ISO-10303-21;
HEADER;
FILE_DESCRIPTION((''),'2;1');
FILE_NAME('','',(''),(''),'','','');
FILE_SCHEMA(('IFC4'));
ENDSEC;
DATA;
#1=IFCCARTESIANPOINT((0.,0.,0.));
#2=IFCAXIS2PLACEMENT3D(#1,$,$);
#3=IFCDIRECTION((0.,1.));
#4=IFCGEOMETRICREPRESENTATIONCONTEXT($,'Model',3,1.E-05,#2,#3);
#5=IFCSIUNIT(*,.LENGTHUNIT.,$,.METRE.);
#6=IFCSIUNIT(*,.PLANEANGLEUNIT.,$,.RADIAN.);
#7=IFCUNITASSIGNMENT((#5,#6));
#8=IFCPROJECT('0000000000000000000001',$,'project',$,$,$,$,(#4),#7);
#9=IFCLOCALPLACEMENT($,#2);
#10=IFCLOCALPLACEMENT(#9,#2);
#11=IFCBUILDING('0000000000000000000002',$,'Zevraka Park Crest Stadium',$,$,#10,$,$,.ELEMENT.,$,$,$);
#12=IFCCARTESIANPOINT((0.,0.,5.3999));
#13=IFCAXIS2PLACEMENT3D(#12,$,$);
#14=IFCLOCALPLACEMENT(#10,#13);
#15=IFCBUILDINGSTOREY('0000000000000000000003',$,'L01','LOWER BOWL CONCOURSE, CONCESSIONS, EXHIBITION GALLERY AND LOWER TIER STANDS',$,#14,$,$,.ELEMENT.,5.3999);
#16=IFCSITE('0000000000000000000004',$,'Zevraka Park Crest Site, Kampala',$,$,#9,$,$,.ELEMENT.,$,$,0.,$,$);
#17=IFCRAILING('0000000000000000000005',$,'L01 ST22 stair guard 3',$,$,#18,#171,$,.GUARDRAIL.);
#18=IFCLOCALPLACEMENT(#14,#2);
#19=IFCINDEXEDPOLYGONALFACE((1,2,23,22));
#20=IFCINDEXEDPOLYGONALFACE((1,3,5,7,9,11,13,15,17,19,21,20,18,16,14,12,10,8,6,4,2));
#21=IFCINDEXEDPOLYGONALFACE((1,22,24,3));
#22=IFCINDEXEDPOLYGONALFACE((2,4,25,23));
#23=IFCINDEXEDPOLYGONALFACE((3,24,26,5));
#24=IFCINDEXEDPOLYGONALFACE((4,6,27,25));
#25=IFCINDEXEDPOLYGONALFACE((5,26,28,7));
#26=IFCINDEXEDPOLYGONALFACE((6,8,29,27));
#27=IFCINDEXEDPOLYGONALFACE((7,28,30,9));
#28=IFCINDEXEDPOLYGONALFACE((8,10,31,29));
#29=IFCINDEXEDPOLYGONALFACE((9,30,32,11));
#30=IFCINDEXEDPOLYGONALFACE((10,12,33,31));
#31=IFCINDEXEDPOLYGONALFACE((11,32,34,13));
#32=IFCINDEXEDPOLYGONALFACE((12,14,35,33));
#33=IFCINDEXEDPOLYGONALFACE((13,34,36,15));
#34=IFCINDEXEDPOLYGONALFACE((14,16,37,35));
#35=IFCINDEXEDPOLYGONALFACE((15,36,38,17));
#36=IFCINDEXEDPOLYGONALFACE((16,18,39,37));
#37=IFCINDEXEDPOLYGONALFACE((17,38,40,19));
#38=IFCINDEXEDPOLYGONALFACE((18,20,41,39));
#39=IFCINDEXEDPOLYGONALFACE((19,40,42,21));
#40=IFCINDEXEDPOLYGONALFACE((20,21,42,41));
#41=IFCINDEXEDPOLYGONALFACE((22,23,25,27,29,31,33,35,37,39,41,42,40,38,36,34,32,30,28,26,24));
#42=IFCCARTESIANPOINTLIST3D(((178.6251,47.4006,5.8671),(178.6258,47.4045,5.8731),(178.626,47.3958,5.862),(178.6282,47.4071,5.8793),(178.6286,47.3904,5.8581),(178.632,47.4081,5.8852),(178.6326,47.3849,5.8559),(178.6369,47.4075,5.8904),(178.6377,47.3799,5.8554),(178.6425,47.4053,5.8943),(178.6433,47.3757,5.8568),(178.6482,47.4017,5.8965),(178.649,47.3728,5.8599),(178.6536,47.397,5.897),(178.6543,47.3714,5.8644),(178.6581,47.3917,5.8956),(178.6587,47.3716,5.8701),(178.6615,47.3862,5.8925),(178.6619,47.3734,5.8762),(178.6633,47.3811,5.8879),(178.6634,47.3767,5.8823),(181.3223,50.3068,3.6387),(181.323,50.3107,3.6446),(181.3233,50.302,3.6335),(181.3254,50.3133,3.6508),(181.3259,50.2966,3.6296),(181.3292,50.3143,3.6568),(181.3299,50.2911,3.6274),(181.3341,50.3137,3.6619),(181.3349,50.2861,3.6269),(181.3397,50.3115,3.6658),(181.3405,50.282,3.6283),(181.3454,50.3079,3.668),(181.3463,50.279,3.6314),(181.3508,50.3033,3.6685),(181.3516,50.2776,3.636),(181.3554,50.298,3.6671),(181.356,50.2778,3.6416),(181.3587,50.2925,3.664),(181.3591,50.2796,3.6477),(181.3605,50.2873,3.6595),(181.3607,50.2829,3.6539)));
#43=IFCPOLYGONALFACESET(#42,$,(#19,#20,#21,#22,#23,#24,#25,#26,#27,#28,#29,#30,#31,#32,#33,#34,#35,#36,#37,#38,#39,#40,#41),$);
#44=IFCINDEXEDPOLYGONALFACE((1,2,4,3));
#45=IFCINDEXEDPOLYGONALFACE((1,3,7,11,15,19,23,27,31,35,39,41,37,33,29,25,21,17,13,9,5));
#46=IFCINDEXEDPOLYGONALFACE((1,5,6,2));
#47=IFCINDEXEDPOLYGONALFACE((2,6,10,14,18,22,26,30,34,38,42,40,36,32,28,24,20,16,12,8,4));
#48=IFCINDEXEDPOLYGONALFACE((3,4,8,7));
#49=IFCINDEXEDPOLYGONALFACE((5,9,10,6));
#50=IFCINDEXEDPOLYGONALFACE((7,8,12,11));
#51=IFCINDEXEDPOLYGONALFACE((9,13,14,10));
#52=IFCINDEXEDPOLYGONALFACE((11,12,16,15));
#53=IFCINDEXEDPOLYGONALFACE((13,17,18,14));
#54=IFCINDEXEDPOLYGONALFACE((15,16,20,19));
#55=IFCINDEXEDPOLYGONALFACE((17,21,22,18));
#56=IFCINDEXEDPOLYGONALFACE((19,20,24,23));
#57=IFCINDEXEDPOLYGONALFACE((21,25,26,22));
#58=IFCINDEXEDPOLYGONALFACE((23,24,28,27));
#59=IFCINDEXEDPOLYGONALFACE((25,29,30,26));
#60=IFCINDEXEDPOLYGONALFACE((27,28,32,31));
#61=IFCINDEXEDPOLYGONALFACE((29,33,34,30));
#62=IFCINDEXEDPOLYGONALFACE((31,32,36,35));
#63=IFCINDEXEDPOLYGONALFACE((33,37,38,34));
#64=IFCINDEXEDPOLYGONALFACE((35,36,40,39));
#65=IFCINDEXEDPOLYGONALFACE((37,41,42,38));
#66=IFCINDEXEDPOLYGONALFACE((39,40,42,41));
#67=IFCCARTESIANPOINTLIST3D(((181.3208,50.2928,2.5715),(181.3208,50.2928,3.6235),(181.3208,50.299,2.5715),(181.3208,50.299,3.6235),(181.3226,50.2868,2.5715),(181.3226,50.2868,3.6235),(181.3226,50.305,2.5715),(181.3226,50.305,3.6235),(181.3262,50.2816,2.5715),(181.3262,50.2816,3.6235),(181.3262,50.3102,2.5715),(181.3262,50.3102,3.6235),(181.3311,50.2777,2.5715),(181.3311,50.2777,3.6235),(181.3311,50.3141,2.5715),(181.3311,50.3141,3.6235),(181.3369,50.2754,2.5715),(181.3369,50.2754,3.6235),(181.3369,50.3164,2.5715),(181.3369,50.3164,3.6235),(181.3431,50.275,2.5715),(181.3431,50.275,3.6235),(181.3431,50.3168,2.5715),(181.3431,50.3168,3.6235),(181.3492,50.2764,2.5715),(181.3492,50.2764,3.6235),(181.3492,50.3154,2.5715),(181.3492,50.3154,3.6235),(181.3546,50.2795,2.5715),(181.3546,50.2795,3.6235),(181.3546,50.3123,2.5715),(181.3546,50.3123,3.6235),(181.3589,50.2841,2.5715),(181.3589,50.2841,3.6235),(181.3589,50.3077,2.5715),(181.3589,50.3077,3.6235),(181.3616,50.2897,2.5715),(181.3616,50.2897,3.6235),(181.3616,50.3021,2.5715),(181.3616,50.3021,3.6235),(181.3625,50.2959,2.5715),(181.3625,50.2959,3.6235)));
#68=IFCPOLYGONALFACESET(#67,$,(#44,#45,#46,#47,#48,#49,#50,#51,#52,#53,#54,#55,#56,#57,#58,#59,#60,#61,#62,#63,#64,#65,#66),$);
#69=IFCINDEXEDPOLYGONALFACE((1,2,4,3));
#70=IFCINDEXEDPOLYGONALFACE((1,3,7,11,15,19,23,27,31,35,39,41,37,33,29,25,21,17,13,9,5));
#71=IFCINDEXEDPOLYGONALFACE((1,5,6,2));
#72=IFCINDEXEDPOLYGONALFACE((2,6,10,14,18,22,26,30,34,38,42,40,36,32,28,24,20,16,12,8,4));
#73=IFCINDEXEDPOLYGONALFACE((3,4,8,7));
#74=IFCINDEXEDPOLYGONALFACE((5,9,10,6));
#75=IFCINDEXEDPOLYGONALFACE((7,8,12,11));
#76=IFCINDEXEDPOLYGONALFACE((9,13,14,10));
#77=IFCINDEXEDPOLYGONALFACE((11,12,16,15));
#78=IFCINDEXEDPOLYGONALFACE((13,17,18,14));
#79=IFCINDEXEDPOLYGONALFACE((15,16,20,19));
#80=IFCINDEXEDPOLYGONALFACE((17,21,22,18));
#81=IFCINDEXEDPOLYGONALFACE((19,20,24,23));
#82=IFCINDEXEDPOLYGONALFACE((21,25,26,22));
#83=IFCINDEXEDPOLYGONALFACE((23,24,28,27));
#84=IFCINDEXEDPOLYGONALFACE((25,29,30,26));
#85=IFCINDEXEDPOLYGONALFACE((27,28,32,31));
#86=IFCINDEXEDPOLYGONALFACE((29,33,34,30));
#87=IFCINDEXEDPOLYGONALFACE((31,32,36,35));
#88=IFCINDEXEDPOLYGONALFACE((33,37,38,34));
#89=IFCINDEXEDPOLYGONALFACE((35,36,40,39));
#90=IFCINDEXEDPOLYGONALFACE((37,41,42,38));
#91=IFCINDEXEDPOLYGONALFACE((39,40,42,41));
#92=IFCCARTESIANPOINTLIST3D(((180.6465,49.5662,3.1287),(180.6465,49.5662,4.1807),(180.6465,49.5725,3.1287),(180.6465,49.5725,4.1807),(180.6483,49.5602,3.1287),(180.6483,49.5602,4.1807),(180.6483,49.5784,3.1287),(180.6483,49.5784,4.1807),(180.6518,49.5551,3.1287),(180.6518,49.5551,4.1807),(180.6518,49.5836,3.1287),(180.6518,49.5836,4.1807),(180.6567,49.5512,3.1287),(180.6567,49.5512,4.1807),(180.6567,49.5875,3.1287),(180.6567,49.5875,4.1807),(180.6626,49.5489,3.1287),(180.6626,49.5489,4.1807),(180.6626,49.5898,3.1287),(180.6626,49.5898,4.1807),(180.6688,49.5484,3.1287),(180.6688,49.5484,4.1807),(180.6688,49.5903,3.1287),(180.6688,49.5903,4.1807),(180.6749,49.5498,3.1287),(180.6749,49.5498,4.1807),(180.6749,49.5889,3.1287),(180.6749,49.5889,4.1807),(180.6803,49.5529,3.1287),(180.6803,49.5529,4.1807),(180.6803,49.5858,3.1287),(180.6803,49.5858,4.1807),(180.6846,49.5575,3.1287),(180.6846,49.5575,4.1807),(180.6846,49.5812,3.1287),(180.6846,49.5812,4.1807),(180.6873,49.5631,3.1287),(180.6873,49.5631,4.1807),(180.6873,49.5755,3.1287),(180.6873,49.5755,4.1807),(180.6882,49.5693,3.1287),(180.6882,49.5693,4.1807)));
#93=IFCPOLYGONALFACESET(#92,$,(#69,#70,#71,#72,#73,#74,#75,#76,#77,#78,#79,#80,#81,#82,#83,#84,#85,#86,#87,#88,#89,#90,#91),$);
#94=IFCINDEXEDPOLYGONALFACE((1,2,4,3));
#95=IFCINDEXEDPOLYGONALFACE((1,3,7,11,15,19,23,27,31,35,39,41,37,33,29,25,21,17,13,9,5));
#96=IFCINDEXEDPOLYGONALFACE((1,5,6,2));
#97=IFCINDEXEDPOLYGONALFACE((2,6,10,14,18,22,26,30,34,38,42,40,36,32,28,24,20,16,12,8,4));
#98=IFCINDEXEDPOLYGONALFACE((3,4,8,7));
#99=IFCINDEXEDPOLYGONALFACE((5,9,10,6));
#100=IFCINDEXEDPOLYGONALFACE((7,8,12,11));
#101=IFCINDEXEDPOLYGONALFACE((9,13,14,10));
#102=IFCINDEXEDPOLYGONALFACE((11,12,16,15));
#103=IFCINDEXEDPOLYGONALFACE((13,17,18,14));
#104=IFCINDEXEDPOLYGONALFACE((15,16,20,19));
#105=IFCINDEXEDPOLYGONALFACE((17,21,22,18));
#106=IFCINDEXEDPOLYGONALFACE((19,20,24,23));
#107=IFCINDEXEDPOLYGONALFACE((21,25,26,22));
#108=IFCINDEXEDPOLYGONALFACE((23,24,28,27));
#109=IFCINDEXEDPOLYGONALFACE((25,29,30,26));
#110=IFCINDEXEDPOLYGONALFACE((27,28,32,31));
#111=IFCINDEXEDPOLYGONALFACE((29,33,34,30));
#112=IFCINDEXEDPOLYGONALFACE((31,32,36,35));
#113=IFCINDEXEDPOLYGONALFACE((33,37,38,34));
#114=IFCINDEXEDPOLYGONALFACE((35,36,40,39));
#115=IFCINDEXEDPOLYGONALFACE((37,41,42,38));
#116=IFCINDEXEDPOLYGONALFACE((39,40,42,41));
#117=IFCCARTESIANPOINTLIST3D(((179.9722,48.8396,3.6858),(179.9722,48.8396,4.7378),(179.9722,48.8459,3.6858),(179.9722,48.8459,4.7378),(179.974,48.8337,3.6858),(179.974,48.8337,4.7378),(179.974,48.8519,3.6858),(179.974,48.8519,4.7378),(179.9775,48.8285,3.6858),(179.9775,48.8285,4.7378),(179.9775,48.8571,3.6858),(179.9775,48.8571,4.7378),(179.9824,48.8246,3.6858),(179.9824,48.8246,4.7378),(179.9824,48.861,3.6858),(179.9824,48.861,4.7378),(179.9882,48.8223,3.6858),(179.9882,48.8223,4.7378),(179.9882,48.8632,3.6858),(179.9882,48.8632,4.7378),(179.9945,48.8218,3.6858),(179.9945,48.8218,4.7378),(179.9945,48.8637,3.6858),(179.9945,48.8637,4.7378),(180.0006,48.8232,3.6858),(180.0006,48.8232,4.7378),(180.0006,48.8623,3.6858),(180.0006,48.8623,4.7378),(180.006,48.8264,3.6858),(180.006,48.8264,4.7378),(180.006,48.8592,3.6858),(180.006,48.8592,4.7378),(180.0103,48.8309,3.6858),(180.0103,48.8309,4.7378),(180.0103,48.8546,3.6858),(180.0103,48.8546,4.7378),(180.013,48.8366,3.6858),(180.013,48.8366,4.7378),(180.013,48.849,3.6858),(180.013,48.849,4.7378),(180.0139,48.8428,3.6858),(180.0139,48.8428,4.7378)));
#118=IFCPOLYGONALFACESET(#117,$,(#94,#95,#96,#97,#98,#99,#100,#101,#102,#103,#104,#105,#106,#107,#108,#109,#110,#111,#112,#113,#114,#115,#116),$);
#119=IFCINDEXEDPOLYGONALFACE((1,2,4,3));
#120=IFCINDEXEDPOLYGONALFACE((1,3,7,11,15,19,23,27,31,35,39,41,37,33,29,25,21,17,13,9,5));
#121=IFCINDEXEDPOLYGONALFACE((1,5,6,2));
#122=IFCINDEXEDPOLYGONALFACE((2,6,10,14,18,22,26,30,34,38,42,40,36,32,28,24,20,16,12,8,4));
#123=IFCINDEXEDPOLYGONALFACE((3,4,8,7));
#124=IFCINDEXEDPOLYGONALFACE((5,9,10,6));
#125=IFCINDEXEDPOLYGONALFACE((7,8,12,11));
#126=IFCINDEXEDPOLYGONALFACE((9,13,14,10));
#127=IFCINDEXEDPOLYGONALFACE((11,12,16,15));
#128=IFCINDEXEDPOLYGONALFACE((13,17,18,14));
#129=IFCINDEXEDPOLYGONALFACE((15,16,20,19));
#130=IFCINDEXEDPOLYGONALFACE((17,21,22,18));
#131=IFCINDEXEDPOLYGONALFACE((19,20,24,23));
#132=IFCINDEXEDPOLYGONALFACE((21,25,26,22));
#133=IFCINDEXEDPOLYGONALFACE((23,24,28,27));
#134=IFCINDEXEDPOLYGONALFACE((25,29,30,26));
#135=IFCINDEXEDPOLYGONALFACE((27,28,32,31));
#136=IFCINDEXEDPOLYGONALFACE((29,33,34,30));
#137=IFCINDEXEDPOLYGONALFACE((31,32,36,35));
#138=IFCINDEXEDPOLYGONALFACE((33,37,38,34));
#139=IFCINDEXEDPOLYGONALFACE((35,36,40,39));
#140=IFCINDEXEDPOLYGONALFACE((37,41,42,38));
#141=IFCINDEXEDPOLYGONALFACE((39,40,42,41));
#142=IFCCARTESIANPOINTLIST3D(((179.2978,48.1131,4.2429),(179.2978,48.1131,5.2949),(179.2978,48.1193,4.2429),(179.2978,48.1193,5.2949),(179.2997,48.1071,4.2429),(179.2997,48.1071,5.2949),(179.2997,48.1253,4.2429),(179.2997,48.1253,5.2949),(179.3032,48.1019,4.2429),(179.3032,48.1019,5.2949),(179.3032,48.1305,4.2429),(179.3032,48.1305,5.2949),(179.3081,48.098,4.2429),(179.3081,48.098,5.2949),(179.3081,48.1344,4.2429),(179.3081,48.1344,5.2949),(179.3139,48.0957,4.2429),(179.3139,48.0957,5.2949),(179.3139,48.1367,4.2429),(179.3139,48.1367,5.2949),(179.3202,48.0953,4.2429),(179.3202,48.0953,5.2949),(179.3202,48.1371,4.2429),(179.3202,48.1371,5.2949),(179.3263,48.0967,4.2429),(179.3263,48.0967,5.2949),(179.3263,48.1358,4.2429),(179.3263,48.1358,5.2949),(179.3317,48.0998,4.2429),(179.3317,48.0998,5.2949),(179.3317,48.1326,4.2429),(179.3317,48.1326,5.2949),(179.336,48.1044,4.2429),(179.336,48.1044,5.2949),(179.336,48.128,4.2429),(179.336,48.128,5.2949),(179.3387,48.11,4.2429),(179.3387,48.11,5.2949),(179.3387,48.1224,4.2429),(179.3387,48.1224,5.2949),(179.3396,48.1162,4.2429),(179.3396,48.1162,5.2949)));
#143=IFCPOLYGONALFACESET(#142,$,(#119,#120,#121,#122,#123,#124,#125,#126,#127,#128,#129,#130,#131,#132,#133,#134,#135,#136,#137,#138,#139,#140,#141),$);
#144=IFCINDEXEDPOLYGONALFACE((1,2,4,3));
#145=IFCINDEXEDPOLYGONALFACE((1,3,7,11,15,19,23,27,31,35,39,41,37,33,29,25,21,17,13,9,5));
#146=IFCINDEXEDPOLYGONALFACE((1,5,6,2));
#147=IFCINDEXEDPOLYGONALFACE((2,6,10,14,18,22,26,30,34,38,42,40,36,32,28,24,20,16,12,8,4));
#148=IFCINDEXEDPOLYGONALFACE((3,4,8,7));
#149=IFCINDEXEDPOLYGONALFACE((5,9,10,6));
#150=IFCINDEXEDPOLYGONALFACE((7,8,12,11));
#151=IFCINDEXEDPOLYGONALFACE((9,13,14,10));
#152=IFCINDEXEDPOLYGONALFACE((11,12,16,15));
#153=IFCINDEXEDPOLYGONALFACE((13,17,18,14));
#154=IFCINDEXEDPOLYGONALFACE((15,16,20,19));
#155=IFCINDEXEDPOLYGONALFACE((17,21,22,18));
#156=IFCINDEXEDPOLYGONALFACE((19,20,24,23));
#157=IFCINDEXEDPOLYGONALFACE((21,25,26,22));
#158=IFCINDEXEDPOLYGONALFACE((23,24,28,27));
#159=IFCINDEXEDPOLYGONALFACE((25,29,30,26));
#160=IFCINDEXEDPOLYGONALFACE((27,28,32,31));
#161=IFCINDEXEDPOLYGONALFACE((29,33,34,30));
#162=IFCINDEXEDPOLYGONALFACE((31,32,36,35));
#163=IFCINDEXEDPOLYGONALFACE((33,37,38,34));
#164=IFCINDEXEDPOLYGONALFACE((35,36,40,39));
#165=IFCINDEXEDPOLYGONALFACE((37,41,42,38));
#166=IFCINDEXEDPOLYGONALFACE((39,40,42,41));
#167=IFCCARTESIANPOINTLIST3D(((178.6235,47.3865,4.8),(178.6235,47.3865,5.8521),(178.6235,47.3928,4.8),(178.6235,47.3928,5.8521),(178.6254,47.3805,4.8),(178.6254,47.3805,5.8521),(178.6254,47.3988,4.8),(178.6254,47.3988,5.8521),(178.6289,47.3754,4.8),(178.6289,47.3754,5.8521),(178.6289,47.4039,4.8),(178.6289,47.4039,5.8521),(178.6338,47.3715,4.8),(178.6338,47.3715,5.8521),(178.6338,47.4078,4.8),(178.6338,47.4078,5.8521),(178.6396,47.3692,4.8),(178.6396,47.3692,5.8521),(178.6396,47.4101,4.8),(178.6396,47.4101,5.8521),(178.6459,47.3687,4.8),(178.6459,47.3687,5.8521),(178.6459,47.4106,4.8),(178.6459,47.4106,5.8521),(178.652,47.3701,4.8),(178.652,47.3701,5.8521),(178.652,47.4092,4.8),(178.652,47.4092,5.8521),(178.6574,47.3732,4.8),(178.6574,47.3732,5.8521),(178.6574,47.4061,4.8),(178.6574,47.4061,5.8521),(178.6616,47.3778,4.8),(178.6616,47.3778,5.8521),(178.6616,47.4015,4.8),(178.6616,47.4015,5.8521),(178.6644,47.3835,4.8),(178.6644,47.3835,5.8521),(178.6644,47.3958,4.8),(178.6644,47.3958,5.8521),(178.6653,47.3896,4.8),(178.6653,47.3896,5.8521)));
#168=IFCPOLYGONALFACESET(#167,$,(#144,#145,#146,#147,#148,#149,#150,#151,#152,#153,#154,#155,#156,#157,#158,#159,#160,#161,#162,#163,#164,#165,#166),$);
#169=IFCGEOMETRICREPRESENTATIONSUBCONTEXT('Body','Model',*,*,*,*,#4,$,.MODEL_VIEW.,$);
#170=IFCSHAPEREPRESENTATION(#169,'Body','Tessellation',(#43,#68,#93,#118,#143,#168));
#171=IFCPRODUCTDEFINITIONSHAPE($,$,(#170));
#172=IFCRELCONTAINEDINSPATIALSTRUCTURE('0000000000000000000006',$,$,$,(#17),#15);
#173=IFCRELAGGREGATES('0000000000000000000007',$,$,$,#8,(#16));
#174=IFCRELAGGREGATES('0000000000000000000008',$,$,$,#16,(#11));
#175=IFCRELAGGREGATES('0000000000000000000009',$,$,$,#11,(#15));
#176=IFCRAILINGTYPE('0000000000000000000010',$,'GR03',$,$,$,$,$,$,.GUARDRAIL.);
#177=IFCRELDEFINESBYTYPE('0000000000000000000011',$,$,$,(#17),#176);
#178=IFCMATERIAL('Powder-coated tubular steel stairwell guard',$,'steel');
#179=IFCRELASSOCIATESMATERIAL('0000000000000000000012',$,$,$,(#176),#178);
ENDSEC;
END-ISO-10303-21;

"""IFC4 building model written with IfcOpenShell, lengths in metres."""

from ifc_helpers import new_model, si_unit, direction, frame, origin, origin_2d, place, context, subcontext, project, spatial, circle, extrude, material, type_object, element, save


model = new_model("IFC4")

# Units and contexts
model_context = context("Model", 3, precision=1e-05, world=origin(), true_north=direction((0.0, 1.0)))
body_context = subcontext(model_context, "Body", "Model", "MODEL_VIEW")
ifc_project = project(units=[si_unit("LENGTHUNIT", "METRE"), si_unit("PLANEANGLEUNIT", "RADIAN")], contexts=[model_context])

# Site, building, storey
site_placement = place(None, origin())
site = spatial("IfcSite", under=ifc_project, at=site_placement, Name="Zevraka Park Crest Site, Kampala", CompositionType="ELEMENT", RefElevation=0.0)
building_placement = place(site_placement, origin())
building = spatial("IfcBuilding", under=site, at=building_placement, Name="Zevraka Park Crest Stadium", CompositionType="ELEMENT")
storey_placement = place(building_placement, frame((0.0, 0.0, 5.3999)))
storey = spatial("IfcBuildingStorey", under=building, at=storey_placement, Name="L01", Description="LOWER BOWL CONCOURSE, CONCESSIONS, EXHIBITION GALLERY AND LOWER TIER STANDS", CompositionType="ELEMENT", Elevation=5.3999)

# Railing
ifc_material_1 = material(Name="Powder-coated tubular steel stairwell guard", Category="steel")
railing_type_1 = type_object("IfcRailingType", Name="GR03", PredefinedType="GUARDRAIL", material=ifc_material_1)
railing_1_placement = place(storey_placement, frame((181.3416, 50.2959, 2.5715)))
element("IfcRailing", 1, at=railing_1_placement, inside=storey, type_object=railing_type_1, Name="L01 ST22 stair guard 3", PredefinedType="GUARDRAIL", context=body_context, shape_type="SweptSolid", body=[
    extrude(circle(Radius=0.0239, at=origin_2d()), frame((0.0, 0.0, 1.0762), z_axis=(-0.593016, -0.638963, 0.489957), x_axis=(0.732969, -0.680262, 0.0)), (0.0, 0.0, 1.0), 4.5483),
    extrude(circle(Radius=0.021, at=origin_2d()), origin(), (0.0, 0.0, 1.0), 1.052),
    extrude(circle(Radius=0.021, at=origin_2d()), frame((-0.6743, -0.7266, 0.5571)), (0.0, 0.0, 1.0), 1.052),
    extrude(circle(Radius=0.021, at=origin_2d()), frame((-1.3486, -1.4531, 1.1143)), (0.0, 0.0, 1.0), 1.052),
    extrude(circle(Radius=0.021, at=origin_2d()), frame((-2.0229, -2.1797, 1.6714)), (0.0, 0.0, 1.0), 1.052),
    extrude(circle(Radius=0.021, at=origin_2d()), frame((-2.6973, -2.9062, 2.2285)), (0.0, 0.0, 1.0), 1.052),
])

save(model, "model.ifc")
